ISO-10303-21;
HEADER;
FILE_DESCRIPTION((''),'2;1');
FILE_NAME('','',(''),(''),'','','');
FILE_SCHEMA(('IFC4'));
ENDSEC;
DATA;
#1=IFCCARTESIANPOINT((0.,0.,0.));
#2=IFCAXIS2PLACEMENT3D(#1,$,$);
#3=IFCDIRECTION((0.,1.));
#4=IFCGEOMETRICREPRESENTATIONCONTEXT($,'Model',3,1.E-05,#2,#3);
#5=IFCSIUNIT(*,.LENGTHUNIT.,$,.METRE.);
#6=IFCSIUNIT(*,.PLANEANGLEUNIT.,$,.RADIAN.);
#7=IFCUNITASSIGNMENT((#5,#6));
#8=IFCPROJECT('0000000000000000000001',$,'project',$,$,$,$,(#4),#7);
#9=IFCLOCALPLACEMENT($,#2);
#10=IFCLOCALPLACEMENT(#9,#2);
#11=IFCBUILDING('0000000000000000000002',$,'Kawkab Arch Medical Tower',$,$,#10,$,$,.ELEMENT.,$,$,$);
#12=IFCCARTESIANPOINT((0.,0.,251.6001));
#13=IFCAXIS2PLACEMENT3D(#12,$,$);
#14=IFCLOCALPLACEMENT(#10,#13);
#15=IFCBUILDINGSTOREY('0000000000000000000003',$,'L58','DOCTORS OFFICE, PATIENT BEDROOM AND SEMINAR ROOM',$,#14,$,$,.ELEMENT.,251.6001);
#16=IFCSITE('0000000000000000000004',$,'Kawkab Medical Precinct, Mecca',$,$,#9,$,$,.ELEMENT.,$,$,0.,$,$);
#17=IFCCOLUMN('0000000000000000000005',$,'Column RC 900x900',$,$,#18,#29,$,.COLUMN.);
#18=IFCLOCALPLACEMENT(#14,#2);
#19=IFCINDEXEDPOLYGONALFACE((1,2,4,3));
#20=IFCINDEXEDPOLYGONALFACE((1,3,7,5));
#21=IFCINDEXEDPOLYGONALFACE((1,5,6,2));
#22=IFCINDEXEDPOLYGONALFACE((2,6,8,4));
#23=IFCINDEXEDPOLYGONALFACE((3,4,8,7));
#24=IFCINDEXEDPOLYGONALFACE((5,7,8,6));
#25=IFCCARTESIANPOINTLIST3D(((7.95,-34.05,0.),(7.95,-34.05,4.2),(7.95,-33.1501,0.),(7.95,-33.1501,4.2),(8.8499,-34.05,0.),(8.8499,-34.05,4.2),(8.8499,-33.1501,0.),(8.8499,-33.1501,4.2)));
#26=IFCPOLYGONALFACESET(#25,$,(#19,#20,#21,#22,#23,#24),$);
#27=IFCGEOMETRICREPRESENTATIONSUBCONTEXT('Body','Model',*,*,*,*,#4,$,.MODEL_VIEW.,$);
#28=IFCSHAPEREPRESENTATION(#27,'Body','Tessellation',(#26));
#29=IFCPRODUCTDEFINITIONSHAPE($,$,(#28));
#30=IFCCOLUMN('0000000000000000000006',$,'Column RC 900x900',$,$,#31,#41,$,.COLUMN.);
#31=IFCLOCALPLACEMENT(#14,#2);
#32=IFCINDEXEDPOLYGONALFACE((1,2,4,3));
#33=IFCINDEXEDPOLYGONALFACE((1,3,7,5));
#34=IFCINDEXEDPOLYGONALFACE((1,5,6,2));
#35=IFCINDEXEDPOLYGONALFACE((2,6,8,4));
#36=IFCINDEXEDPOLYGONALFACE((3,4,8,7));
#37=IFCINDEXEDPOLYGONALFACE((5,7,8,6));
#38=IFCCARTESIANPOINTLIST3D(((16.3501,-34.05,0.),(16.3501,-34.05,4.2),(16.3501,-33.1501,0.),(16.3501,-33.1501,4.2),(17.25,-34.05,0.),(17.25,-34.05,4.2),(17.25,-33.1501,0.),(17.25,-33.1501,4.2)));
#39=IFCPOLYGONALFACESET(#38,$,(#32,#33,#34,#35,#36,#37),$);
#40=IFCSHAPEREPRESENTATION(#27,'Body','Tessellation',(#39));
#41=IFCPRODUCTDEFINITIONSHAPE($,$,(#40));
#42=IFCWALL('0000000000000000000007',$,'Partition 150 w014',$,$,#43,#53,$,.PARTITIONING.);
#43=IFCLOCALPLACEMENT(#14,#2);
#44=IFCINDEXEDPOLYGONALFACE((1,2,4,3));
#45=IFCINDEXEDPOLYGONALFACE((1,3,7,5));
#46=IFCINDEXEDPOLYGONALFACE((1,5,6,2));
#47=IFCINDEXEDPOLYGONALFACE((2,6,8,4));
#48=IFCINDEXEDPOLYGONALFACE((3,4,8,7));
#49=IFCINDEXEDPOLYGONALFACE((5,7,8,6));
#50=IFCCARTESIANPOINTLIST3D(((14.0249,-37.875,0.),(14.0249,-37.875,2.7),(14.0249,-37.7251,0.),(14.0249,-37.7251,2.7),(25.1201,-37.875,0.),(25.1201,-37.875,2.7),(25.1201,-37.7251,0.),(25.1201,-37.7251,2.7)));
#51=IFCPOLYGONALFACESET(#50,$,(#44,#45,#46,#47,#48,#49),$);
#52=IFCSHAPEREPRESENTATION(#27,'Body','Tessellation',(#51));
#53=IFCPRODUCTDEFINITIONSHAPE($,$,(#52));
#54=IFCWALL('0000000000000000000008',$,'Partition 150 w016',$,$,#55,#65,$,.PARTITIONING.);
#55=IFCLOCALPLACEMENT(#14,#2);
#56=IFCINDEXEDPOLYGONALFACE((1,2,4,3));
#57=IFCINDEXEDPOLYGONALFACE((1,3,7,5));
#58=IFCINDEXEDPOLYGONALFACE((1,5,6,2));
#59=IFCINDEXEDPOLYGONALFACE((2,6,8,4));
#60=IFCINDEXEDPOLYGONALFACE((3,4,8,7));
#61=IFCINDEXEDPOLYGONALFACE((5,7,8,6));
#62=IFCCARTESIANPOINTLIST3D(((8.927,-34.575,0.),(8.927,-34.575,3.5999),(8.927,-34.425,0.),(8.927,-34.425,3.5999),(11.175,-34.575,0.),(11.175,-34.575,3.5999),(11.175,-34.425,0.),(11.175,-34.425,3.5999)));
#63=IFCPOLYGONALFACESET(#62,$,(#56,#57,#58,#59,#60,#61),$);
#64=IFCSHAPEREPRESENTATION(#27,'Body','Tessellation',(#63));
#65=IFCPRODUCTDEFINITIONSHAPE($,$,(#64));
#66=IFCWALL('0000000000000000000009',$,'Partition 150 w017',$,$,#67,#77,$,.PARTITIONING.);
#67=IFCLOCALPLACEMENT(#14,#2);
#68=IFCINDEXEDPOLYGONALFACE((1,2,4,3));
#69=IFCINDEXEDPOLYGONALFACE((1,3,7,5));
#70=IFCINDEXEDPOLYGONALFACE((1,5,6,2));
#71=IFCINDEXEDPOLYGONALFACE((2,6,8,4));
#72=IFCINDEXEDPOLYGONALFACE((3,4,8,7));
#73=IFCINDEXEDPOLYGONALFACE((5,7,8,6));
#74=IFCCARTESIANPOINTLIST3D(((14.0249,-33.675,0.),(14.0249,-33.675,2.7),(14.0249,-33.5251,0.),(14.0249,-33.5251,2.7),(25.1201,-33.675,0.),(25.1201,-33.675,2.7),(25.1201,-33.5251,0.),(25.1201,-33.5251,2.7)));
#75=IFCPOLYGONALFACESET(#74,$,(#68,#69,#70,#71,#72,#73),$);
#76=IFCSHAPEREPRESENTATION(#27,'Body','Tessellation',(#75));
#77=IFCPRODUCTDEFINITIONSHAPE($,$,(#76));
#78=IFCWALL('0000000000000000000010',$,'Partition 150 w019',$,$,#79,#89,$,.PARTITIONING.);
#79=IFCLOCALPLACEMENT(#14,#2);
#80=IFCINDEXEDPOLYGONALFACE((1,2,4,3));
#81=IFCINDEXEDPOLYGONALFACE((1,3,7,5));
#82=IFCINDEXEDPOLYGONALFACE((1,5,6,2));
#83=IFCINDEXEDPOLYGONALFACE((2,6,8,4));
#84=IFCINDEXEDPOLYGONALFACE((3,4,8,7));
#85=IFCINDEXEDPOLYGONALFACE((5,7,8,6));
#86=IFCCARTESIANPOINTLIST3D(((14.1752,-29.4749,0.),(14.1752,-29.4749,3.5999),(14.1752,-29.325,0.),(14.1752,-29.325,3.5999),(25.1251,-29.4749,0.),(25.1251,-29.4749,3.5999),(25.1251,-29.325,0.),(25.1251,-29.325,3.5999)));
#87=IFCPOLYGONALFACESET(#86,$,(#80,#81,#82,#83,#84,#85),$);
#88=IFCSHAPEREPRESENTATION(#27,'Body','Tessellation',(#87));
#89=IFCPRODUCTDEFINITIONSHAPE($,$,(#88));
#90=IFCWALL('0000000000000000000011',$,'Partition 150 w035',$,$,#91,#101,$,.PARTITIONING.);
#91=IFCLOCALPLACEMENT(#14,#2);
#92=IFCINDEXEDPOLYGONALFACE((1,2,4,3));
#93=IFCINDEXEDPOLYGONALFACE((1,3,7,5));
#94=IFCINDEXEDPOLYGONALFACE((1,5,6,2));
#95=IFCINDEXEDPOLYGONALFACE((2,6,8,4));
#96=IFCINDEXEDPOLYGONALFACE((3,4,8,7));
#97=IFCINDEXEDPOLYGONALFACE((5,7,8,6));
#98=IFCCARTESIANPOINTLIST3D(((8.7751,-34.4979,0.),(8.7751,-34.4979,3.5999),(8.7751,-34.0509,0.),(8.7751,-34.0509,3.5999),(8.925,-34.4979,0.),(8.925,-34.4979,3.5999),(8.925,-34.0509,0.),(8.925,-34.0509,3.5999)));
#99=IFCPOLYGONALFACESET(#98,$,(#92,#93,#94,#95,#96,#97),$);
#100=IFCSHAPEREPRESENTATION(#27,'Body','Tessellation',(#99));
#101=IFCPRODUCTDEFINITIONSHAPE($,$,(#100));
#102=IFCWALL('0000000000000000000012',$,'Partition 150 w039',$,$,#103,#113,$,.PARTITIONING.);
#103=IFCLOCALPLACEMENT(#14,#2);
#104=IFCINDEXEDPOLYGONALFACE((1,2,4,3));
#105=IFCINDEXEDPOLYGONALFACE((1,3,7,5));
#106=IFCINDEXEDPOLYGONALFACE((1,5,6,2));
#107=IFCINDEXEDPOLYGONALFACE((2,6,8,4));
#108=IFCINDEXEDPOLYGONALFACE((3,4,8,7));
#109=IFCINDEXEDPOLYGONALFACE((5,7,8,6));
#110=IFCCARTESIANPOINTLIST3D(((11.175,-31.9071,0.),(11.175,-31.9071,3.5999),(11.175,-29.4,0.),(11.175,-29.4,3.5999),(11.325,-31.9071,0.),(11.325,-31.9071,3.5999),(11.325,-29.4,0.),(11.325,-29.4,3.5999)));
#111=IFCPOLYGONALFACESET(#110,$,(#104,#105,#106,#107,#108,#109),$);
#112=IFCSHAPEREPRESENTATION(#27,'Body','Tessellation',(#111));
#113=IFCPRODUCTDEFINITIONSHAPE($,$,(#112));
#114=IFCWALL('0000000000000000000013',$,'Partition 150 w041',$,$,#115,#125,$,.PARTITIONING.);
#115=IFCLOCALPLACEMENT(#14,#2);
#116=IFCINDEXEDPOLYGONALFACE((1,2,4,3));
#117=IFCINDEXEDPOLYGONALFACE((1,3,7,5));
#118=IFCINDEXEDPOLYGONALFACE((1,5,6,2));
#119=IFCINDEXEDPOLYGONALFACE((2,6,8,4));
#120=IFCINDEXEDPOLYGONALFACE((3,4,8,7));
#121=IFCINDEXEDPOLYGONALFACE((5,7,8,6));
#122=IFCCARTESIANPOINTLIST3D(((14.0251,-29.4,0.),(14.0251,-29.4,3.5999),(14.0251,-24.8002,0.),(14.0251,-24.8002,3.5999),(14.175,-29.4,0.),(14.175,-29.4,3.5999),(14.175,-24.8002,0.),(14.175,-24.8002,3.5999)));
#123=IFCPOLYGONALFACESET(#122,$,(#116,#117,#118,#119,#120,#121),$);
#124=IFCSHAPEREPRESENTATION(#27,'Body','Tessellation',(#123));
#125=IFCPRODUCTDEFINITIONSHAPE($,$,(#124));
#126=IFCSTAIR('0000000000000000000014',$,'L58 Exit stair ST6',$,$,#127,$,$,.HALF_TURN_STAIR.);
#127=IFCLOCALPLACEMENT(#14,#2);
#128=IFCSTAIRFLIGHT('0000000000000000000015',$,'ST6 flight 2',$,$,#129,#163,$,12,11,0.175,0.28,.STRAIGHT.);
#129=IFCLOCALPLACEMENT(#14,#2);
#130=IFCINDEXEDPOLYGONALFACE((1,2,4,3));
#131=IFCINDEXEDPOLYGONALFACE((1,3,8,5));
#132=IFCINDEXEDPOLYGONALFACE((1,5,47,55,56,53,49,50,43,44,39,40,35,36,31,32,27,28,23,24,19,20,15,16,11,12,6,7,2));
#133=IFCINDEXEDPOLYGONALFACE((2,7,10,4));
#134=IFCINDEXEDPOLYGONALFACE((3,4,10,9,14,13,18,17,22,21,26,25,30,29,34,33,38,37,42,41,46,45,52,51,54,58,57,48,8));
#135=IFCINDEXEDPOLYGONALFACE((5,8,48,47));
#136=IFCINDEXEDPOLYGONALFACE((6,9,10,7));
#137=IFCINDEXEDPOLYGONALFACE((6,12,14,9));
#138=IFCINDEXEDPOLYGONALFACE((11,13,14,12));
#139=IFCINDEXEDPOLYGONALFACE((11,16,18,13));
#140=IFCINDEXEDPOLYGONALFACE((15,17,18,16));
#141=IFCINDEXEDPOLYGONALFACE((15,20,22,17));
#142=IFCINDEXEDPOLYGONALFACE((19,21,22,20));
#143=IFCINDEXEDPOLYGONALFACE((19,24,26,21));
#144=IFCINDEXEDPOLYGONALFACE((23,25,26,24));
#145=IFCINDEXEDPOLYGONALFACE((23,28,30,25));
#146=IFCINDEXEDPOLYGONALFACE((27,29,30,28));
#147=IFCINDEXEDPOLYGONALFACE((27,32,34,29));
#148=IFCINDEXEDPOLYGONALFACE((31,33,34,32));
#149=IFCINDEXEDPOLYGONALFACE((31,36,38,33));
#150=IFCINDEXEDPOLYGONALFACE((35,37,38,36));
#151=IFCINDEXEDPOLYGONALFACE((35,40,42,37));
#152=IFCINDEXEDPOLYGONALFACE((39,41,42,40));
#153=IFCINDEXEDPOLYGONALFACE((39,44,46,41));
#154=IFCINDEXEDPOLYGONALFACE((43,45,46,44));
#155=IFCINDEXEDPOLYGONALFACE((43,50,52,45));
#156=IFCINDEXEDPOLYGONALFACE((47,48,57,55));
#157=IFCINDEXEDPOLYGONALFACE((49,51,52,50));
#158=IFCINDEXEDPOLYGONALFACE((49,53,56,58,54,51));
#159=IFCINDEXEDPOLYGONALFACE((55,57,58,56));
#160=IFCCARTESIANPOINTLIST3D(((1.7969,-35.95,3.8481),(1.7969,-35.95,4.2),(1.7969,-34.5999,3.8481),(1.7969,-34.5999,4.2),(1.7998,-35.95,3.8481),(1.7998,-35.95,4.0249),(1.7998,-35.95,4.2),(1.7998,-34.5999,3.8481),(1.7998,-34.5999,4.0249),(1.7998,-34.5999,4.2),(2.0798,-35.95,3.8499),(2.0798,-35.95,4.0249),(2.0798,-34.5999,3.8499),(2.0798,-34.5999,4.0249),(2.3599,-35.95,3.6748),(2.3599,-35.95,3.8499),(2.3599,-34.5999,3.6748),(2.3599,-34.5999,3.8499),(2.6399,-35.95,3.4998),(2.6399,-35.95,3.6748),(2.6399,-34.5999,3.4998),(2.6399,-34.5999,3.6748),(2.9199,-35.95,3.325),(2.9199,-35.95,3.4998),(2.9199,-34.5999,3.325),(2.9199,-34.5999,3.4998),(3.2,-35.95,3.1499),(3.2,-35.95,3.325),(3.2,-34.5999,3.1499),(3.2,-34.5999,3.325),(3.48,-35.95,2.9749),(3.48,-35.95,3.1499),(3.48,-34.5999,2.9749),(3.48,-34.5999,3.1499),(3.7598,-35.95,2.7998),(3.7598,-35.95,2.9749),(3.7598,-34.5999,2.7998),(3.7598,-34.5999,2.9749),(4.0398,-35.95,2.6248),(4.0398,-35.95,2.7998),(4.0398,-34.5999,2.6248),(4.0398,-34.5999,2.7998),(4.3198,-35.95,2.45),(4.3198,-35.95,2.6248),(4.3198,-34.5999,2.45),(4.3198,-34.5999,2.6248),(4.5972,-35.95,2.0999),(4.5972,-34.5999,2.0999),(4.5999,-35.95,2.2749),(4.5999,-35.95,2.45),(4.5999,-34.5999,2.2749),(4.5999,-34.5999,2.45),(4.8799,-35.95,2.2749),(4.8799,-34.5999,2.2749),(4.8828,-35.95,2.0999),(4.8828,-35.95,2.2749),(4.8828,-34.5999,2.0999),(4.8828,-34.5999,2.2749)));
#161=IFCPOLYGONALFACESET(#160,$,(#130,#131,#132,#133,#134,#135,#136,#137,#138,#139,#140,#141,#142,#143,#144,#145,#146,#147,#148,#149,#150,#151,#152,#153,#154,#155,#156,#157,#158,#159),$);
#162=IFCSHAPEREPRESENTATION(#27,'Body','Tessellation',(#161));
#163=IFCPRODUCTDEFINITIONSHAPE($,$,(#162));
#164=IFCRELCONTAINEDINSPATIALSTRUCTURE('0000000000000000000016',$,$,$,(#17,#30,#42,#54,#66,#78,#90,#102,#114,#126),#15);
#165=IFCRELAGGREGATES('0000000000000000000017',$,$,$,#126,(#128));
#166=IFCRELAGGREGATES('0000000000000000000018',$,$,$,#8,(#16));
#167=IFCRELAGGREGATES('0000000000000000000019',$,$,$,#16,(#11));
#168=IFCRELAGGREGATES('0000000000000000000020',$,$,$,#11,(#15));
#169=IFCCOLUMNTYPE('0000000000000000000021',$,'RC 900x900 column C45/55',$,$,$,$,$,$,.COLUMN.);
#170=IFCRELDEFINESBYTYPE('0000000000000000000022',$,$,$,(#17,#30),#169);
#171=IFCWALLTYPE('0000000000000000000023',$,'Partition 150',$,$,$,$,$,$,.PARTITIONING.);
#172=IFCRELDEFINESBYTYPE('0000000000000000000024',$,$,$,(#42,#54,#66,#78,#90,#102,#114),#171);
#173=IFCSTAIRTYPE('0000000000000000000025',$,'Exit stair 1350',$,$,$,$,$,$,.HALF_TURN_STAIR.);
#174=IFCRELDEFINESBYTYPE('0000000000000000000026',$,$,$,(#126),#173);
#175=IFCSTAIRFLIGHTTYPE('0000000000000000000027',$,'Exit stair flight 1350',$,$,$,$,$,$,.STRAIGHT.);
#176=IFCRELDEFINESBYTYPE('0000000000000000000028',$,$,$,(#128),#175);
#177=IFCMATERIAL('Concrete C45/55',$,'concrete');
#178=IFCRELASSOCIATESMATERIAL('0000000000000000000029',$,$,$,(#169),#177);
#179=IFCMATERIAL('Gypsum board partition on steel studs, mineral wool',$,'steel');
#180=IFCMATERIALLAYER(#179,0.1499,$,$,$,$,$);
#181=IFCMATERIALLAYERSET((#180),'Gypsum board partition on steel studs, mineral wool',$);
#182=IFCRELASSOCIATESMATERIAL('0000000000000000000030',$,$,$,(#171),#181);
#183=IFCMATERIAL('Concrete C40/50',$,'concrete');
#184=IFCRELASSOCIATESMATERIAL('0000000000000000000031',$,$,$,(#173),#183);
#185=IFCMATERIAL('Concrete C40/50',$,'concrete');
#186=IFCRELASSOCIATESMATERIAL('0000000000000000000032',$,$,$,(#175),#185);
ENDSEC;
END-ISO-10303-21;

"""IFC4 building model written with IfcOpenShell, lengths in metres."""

from ifc_helpers import new_model, si_unit, direction, frame, frame_2d, origin, origin_2d, place, context, subcontext, project, spatial, polyline, rectangle, outline, extrude, material, layer, layer_set, material_profile, profile_set, type_object, element, aggregate, save


model = new_model("IFC4")

# Units and contexts
model_context = context("Model", 3, precision=1e-05, world=origin(), true_north=direction((0.0, 1.0)))
body_context = subcontext(model_context, "Body", "Model", "MODEL_VIEW")
ifc_project = project(units=[si_unit("LENGTHUNIT", "METRE"), si_unit("PLANEANGLEUNIT", "RADIAN")], contexts=[model_context])

# Site, building, storey
site_placement = place(None, origin())
site = spatial("IfcSite", under=ifc_project, at=site_placement, Name="Kawkab Medical Precinct, Mecca", CompositionType="ELEMENT", RefElevation=0.0)
building_placement = place(site_placement, origin())
building = spatial("IfcBuilding", under=site, at=building_placement, Name="Kawkab Arch Medical Tower", CompositionType="ELEMENT")
storey_placement = place(building_placement, frame((0.0, 0.0, 251.6001)))
storey = spatial("IfcBuildingStorey", under=building, at=storey_placement, Name="L58", Description="DOCTORS OFFICE, PATIENT BEDROOM AND SEMINAR ROOM", CompositionType="ELEMENT", Elevation=251.6001)

# Columns
ifc_material_1 = material(Name="Concrete C45/55", Category="concrete")
ifc_material_profile = material_profile(ifc_material_1, rectangle(XDim=0.8999, YDim=0.8999, at=origin_2d()), Name="RC 900x900")
ifc_profile_set = profile_set([ifc_material_profile], Name="Concrete C45/55")
column_type = type_object("IfcColumnType", Name="RC 900x900 column C45/55", PredefinedType="COLUMN", material=ifc_profile_set)
for number, where, z_axis, x_axis, name in (
    (1, (8.3999, -33.6001, 0.0), (0.0, 0.0, 1.0), (1.0, 0.0, 0.0), "Column RC 900x900"),
    (2, (16.8, -33.6001, 0.0), (0.0, 0.0, 1.0), (1.0, 0.0, 0.0), "Column RC 900x900"),
):
    element("IfcColumn", number, at=place(storey_placement, frame(where, z_axis=z_axis, x_axis=x_axis)), inside=storey, type_object=column_type, Name=name, PredefinedType="COLUMN", context=body_context, shape_type="SweptSolid", body=[
        extrude(rectangle(XDim=0.8999, YDim=0.8999, at=origin_2d()), origin(), (0.0, 0.0, 1.0), 4.2),
    ])

# Walls
ifc_material_2 = material(Name="Gypsum board partition on steel studs, mineral wool", Category="steel")
ifc_layer = layer(ifc_material_2, 0.1499)
ifc_layer_set = layer_set([ifc_layer], Name="Gypsum board partition on steel studs, mineral wool")
wall_type = type_object("IfcWallType", Name="Partition 150", PredefinedType="PARTITIONING", material=ifc_layer_set)
wall_1_placement = place(storey_placement, frame((14.0249, -37.8, 0.0), z_axis=(0.0, 0.0, 1.0), x_axis=(1.0, 0.0, 0.0)))
element("IfcWall", 3, at=wall_1_placement, inside=storey, type_object=wall_type, Name="Partition 150 w014", PredefinedType="PARTITIONING", context=body_context, shape_type="SweptSolid", body=[
    extrude(rectangle(XDim=11.0952, YDim=0.1499, at=frame_2d((5.5476, 0.0))), origin(), (0.0, 0.0, 1.0), 2.7),
])
wall_2_placement = place(storey_placement, frame((8.927, -34.5, 0.0), z_axis=(0.0, 0.0, 1.0), x_axis=(1.0, 0.0, 0.0)))
element("IfcWall", 4, at=wall_2_placement, inside=storey, type_object=wall_type, Name="Partition 150 w016", PredefinedType="PARTITIONING", context=body_context, shape_type="SweptSolid", body=[
    extrude(rectangle(XDim=2.248, YDim=0.1499, at=frame_2d((1.124, 0.0))), origin(), (0.0, 0.0, 1.0), 3.5999),
])
wall_3_placement = place(storey_placement, frame((14.0249, -33.6001, 0.0), z_axis=(0.0, 0.0, 1.0), x_axis=(1.0, 0.0, 0.0)))
element("IfcWall", 5, at=wall_3_placement, inside=storey, type_object=wall_type, Name="Partition 150 w017", PredefinedType="PARTITIONING", context=body_context, shape_type="SweptSolid", body=[
    extrude(rectangle(XDim=11.0952, YDim=0.1499, at=frame_2d((5.5476, 0.0))), origin(), (0.0, 0.0, 1.0), 2.7),
])
wall_4_placement = place(storey_placement, frame((14.175, -29.3999, 0.0), z_axis=(0.0, 0.0, 1.0), x_axis=(1.0, 0.0, 0.0)))
element("IfcWall", 6, at=wall_4_placement, inside=storey, type_object=wall_type, Name="Partition 150 w019", PredefinedType="PARTITIONING", context=body_context, shape_type="SweptSolid", body=[
    extrude(rectangle(XDim=10.95, YDim=0.1499, at=frame_2d((5.4751, 0.0))), origin(), (0.0, 0.0, 1.0), 3.5999),
])
wall_5_placement = place(storey_placement, frame((8.8501, -34.498, 0.0), z_axis=(0.0, 0.0, 1.0), x_axis=(0.0, 1.0, 0.0)))
element("IfcWall", 7, at=wall_5_placement, inside=storey, type_object=wall_type, Name="Partition 150 w035", PredefinedType="PARTITIONING", context=body_context, shape_type="SweptSolid", body=[
    extrude(rectangle(XDim=0.447, YDim=0.1499, at=frame_2d((0.2236, 0.0))), origin(), (0.0, 0.0, 1.0), 3.5999),
])
wall_6_placement = place(storey_placement, frame((11.25, -31.907, 0.0), z_axis=(0.0, 0.0, 1.0), x_axis=(0.0, 1.0, 0.0)))
element("IfcWall", 8, at=wall_6_placement, inside=storey, type_object=wall_type, Name="Partition 150 w039", PredefinedType="PARTITIONING", context=body_context, shape_type="SweptSolid", body=[
    extrude(rectangle(XDim=2.5071, YDim=0.1499, at=frame_2d((1.2534, 0.0))), origin(), (0.0, 0.0, 1.0), 3.5999),
])
wall_7_placement = place(storey_placement, frame((14.1001, -29.3999, 0.0), z_axis=(0.0, 0.0, 1.0), x_axis=(0.0, 1.0, 0.0)))
element("IfcWall", 9, at=wall_7_placement, inside=storey, type_object=wall_type, Name="Partition 150 w041", PredefinedType="PARTITIONING", context=body_context, shape_type="SweptSolid", body=[
    extrude(rectangle(XDim=4.5999, YDim=0.1499, at=frame_2d((2.2998, 0.0))), origin(), (0.0, 0.0, 1.0), 3.5999),
])

# Stair, stair flight
ifc_material_3 = material(Name="Concrete C40/50", Category="concrete")
stair_type = type_object("IfcStairType", Name="Exit stair 1350", PredefinedType="HALF_TURN_STAIR", material=ifc_material_3)
stair_placement = place(storey_placement, origin())
stair = element("IfcStair", 10, at=stair_placement, inside=storey, type_object=stair_type, Name="L58 Exit stair ST6", PredefinedType="HALF_TURN_STAIR")
ifc_material_4 = material(Name="Concrete C40/50", Category="concrete")
stair_flight_type = type_object("IfcStairFlightType", Name="Exit stair flight 1350", PredefinedType="STRAIGHT", material=ifc_material_4)
stair_flight_placement = place(storey_placement, frame((4.8799, -35.2749, 2.0999), z_axis=(0.0, 0.0, 1.0), x_axis=(-1.0, 0.0, 0.0)))
stair_flight = element("IfcStairFlight", 11, at=stair_flight_placement, type_object=stair_flight_type, Name="ST6 flight 2", NumberOfRisers=12, NumberOfTreads=11, PredefinedType="STRAIGHT", RiserHeight=0.175, TreadLength=0.28, context=body_context, shape_type="SweptSolid", body=[
    extrude(outline(polyline([(-0.0029, 0.0), (-0.0029, 0.175), (0.0, 0.175), (0.28, 0.175), (0.28, 0.3501), (0.5601, 0.3501), (0.5601, 0.5249), (0.8401, 0.5249), (0.8401, 0.7), (1.1201, 0.7), (1.1201, 0.875), (1.3999, 0.875), (1.3999, 1.05), (1.6799, 1.05), (1.6799, 1.2251), (1.96, 1.2251), (1.96, 1.3999), (2.24, 1.3999), (2.24, 1.575), (2.52, 1.575), (2.52, 1.75), (2.8, 1.75), (2.8, 1.925), (3.0801, 1.925), (3.0801, 2.1001), (3.083, 2.1001), (3.083, 1.7483), (3.0801, 1.7483), (0.2827, 0.0), (-0.0029, 0.0)])), frame((0.0, 0.675, 0.0), z_axis=(0.0, -1.0, 0.0), x_axis=(1.0, 0.0, 0.0)), (0.0, 0.0, 1.0), 1.3501),
])
aggregate(stair, [stair_flight])

save(model, "model.ifc")
